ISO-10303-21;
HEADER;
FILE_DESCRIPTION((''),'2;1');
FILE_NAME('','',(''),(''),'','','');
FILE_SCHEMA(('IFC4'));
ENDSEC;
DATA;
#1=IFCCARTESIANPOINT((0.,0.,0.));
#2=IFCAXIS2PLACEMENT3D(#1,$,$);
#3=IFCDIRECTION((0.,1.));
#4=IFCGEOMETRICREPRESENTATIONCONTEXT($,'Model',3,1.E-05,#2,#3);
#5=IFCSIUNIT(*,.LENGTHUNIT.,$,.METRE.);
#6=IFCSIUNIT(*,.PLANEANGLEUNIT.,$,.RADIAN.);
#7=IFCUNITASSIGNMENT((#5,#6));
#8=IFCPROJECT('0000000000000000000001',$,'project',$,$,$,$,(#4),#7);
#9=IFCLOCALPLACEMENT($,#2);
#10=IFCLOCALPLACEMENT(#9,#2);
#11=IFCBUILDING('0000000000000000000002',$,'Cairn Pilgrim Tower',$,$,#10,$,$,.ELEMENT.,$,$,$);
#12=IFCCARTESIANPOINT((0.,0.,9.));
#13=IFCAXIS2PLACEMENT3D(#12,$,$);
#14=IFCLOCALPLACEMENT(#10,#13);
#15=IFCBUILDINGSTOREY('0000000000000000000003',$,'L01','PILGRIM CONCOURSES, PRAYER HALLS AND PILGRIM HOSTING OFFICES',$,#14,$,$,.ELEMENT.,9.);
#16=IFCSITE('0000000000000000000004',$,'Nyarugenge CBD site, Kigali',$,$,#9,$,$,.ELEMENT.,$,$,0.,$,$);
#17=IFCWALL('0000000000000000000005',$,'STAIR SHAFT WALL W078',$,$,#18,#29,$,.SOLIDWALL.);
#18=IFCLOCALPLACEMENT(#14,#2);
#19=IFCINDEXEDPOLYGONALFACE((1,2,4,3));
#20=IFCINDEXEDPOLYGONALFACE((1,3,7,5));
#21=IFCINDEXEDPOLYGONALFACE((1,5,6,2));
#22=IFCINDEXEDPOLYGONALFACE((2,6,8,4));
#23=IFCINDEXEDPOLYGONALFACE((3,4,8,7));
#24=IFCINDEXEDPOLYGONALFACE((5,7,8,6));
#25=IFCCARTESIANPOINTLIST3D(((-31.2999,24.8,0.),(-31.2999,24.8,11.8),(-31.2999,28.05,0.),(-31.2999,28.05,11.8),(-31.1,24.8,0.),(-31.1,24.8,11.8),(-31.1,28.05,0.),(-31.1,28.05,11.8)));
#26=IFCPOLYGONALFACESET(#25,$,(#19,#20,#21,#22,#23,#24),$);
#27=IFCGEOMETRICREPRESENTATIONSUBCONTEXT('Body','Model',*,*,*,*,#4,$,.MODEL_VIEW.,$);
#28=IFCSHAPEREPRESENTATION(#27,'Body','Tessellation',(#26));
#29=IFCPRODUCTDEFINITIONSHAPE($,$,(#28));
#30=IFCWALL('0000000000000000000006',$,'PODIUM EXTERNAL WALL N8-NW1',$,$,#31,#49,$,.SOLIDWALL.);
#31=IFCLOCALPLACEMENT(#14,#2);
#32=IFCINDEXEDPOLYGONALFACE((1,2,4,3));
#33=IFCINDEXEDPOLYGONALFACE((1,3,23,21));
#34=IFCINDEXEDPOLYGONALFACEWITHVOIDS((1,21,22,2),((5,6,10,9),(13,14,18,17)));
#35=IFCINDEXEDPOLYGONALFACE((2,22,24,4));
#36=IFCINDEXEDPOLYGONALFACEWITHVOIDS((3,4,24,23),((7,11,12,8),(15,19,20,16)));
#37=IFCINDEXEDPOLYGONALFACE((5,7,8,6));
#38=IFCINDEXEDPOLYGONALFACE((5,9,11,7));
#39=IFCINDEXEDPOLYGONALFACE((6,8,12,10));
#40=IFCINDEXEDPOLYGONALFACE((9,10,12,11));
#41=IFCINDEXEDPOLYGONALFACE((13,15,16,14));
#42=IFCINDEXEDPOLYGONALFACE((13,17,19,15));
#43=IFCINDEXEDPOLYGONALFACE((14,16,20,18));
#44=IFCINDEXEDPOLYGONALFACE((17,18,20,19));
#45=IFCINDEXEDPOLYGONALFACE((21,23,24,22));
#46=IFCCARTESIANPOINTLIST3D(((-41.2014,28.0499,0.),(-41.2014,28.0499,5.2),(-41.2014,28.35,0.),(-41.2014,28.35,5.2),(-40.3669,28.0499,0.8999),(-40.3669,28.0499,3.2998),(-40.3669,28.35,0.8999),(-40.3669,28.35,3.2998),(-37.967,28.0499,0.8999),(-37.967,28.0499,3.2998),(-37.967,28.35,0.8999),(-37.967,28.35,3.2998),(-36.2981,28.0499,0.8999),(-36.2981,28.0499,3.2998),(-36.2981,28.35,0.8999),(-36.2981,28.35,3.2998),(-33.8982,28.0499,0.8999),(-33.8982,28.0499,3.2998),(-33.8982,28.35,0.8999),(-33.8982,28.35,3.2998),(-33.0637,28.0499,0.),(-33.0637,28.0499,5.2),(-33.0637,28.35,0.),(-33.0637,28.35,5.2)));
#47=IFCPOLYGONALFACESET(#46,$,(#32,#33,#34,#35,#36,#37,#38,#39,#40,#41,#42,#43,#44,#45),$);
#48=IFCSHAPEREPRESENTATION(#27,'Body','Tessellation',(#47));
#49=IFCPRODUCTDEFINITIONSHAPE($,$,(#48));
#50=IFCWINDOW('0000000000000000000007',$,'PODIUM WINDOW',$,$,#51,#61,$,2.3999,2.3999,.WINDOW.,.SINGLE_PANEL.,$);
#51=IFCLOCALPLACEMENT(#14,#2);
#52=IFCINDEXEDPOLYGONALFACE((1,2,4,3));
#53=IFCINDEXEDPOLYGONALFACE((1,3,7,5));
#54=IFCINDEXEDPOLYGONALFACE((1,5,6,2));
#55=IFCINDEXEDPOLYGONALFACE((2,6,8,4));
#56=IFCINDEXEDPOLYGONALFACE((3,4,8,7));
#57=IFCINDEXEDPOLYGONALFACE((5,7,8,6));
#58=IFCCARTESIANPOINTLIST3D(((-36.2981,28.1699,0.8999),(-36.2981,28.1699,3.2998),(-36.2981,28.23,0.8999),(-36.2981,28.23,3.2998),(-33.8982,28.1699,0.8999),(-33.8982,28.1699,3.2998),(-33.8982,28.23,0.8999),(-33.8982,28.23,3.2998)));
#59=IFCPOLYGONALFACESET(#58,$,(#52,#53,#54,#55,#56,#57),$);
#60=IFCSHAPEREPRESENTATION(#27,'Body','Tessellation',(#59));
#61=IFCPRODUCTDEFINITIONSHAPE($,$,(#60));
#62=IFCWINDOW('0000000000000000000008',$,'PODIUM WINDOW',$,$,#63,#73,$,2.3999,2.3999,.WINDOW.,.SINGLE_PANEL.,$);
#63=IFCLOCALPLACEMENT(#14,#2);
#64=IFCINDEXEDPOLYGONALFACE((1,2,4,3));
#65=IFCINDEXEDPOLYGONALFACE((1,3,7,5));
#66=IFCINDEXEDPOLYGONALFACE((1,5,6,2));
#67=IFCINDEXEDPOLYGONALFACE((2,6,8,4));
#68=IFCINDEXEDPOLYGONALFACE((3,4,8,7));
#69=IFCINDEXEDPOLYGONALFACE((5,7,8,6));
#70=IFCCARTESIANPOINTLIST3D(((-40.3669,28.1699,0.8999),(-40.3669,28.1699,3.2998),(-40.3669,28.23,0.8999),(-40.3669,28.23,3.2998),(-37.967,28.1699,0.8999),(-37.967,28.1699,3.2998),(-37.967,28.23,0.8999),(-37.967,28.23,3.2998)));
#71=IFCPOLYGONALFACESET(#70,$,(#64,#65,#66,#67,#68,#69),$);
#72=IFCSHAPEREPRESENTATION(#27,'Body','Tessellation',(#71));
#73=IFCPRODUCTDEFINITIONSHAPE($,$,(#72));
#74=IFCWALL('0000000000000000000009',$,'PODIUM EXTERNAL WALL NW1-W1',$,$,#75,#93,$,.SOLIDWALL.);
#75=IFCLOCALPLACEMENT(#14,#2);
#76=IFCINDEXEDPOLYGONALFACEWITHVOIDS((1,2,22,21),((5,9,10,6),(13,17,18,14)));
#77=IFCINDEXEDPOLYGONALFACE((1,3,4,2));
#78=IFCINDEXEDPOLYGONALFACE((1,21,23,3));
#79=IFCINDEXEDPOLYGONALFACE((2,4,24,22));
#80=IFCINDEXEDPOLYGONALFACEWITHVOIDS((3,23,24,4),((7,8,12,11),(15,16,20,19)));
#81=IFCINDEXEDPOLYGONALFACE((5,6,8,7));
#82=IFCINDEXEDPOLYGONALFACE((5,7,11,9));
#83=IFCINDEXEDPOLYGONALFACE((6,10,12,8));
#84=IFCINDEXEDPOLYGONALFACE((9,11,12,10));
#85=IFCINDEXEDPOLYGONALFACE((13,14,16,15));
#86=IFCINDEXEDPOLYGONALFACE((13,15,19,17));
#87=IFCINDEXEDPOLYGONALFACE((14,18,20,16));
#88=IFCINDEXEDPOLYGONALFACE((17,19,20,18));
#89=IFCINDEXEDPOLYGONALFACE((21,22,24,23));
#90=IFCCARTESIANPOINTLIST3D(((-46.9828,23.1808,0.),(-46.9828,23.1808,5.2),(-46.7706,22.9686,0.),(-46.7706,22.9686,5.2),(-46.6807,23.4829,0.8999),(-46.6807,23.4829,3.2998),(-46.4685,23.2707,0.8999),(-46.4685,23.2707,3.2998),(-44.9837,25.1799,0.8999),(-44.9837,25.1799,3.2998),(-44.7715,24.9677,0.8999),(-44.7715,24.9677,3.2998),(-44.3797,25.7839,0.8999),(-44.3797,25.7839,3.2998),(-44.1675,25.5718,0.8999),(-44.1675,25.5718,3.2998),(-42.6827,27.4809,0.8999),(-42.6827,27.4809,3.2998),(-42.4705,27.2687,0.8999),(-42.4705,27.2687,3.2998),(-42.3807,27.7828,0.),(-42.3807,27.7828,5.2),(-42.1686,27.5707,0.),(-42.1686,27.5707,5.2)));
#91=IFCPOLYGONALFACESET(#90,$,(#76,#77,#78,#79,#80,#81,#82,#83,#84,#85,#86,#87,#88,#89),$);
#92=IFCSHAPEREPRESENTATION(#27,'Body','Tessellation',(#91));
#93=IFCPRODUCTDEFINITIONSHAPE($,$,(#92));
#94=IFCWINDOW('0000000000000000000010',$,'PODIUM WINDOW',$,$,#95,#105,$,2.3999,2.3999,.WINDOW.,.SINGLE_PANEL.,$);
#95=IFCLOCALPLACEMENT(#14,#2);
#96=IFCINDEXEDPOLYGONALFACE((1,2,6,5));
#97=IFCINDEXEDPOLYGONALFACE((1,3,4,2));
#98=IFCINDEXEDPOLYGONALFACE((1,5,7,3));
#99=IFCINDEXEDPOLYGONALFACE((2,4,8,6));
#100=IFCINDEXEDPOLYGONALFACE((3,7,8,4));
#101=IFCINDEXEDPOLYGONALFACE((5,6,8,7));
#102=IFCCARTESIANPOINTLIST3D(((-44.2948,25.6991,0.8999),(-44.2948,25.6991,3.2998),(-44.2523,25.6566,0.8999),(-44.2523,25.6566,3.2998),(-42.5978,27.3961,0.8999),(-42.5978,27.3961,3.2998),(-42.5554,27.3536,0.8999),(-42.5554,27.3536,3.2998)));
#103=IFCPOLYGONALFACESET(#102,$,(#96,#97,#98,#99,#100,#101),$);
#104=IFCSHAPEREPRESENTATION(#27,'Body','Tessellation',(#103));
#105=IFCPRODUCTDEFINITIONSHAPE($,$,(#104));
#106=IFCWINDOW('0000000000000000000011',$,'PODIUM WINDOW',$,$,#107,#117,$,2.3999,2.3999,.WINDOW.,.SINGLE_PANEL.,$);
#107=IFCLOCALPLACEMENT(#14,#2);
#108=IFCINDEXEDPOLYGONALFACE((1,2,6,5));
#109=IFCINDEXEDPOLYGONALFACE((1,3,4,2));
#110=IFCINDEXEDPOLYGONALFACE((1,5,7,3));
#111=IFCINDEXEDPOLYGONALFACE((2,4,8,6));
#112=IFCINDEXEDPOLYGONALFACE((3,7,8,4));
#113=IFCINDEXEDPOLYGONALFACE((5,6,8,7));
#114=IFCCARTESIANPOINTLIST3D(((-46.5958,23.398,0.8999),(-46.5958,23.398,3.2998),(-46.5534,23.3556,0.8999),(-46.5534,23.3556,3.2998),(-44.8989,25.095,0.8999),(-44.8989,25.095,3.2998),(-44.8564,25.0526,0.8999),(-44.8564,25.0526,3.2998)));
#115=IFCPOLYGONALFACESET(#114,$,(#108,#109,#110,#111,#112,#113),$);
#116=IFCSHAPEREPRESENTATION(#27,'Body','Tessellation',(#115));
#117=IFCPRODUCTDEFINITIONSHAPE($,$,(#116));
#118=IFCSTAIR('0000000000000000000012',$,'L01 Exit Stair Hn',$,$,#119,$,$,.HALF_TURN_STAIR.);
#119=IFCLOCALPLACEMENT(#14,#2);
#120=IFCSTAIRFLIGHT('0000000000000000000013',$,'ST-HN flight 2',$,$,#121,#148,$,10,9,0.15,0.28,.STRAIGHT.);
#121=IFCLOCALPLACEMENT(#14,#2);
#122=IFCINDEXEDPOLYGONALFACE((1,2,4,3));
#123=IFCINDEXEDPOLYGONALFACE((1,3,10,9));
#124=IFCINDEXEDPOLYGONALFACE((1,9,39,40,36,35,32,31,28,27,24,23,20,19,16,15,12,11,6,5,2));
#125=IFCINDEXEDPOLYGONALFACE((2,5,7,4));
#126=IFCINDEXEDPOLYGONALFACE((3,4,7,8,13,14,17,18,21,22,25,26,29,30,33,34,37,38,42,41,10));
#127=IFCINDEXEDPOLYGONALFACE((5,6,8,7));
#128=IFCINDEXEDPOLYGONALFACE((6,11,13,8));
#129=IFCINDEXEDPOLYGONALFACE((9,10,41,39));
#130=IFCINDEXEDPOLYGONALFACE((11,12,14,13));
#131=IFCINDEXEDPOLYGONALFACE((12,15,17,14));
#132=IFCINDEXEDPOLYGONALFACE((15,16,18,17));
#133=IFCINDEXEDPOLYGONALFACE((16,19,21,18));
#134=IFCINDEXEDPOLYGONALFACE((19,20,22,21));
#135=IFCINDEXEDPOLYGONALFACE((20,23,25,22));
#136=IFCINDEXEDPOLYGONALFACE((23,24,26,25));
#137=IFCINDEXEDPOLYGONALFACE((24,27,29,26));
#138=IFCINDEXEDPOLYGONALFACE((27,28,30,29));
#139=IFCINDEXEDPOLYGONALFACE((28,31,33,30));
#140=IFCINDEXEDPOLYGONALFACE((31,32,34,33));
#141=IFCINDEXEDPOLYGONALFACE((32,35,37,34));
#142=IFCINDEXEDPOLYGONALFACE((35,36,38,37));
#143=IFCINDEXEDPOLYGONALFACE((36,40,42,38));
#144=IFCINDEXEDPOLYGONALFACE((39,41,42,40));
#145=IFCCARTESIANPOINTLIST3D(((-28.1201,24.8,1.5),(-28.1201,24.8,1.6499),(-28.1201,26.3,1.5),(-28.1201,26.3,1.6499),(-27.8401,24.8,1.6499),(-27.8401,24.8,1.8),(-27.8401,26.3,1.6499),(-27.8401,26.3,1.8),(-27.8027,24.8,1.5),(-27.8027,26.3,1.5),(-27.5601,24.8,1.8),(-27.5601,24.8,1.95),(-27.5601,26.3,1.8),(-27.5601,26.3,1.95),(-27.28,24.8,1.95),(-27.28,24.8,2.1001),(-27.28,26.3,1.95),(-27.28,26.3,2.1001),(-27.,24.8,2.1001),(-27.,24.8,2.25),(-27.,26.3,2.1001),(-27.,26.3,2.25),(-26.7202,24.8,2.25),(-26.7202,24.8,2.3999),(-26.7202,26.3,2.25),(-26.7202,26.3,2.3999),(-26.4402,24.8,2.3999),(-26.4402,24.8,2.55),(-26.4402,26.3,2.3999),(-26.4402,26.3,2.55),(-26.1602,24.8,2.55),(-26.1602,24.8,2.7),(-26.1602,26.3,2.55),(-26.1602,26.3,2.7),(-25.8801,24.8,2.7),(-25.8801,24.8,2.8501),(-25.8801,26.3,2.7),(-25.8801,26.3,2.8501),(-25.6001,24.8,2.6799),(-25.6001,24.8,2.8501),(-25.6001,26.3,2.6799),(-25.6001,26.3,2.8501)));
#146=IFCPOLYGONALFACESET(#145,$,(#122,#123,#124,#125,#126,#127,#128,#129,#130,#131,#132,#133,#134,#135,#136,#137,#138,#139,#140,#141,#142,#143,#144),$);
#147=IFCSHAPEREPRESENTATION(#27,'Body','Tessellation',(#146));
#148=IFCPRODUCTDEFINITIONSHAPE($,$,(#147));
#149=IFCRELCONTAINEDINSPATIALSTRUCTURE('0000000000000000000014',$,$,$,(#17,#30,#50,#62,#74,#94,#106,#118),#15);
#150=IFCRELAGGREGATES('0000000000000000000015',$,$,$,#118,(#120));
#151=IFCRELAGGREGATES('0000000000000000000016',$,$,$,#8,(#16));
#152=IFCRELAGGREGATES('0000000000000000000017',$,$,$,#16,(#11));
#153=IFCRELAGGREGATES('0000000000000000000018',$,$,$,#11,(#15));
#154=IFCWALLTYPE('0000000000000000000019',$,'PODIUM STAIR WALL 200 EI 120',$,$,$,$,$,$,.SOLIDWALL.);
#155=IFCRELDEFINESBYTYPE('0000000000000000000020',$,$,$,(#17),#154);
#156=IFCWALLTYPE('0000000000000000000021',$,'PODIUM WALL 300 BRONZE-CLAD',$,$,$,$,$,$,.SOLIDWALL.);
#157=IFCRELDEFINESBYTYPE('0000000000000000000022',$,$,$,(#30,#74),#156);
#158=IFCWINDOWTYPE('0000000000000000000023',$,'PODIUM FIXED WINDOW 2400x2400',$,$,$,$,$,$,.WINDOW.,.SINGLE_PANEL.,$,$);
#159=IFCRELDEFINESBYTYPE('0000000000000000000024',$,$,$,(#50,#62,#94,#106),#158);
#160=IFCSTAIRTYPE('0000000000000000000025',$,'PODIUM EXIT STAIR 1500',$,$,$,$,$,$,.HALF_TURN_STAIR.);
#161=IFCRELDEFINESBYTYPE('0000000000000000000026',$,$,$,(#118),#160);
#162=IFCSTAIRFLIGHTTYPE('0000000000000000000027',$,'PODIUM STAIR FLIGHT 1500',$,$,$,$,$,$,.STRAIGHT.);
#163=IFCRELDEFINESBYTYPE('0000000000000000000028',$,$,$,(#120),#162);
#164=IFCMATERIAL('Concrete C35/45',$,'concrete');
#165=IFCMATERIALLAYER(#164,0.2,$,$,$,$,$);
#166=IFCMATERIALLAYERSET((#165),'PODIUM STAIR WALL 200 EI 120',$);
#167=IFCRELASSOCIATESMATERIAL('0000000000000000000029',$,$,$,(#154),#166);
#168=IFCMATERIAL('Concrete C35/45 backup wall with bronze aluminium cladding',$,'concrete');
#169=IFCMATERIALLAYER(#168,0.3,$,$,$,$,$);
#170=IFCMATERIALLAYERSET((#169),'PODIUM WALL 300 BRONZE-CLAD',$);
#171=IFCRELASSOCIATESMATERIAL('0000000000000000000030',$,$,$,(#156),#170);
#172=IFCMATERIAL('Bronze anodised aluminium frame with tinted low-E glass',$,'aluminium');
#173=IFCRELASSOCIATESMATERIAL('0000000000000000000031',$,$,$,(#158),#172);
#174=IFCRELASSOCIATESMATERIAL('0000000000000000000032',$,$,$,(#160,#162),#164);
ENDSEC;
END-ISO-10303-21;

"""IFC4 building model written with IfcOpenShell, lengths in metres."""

from ifc_helpers import new_model, si_unit, direction, frame, frame_2d, origin, place, context, subcontext, project, spatial, polyline, rectangle, outline, extrude, material, layer, layer_set, type_object, element, fill, aggregate, save


model = new_model("IFC4")

# Units and contexts
model_context = context("Model", 3, precision=1e-05, world=origin(), true_north=direction((0.0, 1.0)))
body_context = subcontext(model_context, "Body", "Model", "MODEL_VIEW")
ifc_project = project(units=[si_unit("LENGTHUNIT", "METRE"), si_unit("PLANEANGLEUNIT", "RADIAN")], contexts=[model_context])

# Site, building, storey
site_placement = place(None, origin())
site = spatial("IfcSite", under=ifc_project, at=site_placement, Name="Nyarugenge CBD site, Kigali", CompositionType="ELEMENT", RefElevation=0.0)
building_placement = place(site_placement, origin())
building = spatial("IfcBuilding", under=site, at=building_placement, Name="Cairn Pilgrim Tower", CompositionType="ELEMENT")
storey_placement = place(building_placement, frame((0.0, 0.0, 9.0)))
storey = spatial("IfcBuildingStorey", under=building, at=storey_placement, Name="L01", Description="PILGRIM CONCOURSES, PRAYER HALLS AND PILGRIM HOSTING OFFICES", CompositionType="ELEMENT", Elevation=9.0)

# Shared definitions
ifc_material_1 = material(Name="Concrete C35/45", Category="concrete")
ifc_layer_1 = layer(ifc_material_1, 0.2)
ifc_layer_set_1 = layer_set([ifc_layer_1], Name="PODIUM STAIR WALL 200 EI 120")
wall_type_1 = type_object("IfcWallType", Name="PODIUM STAIR WALL 200 EI 120", PredefinedType="SOLIDWALL", material=ifc_layer_set_1)

# Wall
wall_1_placement = place(storey_placement, frame((-31.2, 24.8, 0.0), z_axis=(0.0, 0.0, 1.0), x_axis=(0.0, 1.0, 0.0)))
element("IfcWall", 1, at=wall_1_placement, inside=storey, type_object=wall_type_1, Name="STAIR SHAFT WALL W078", PredefinedType="SOLIDWALL", context=body_context, shape_type="SweptSolid", body=[
    extrude(rectangle(XDim=3.25, YDim=0.2, at=frame_2d((1.625, 0.0))), origin(), (0.0, 0.0, 1.0), 11.8),
])

# Walls, openings, windows
ifc_material_2 = material(Name="Concrete C35/45 backup wall with bronze aluminium cladding", Category="concrete")
ifc_layer_2 = layer(ifc_material_2, 0.3)
ifc_layer_set_2 = layer_set([ifc_layer_2], Name="PODIUM WALL 300 BRONZE-CLAD")
wall_type_2 = type_object("IfcWallType", Name="PODIUM WALL 300 BRONZE-CLAD", PredefinedType="SOLIDWALL", material=ifc_layer_set_2)
wall_2_placement = place(storey_placement, frame((-33.0637, 28.2, 0.0), z_axis=(0.0, 0.0, 1.0), x_axis=(-1.0, 0.0, 0.0)))
wall_2 = element("IfcWall", 2, at=wall_2_placement, inside=storey, type_object=wall_type_2, Name="PODIUM EXTERNAL WALL N8-NW1", PredefinedType="SOLIDWALL", context=body_context, shape_type="SweptSolid", body=[
    extrude(rectangle(XDim=8.1377, YDim=0.3, at=frame_2d((4.0688, 0.0))), origin(), (0.0, 0.0, 1.0), 5.2),
])
opening_1_placement = place(wall_2_placement, frame((0.8345, 0.0, 0.8999)))
opening_1 = element("IfcOpeningElement", 3, at=opening_1_placement, cuts=wall_2, PredefinedType="OPENING", context=body_context, shape_type="SweptSolid", body=[
    extrude(rectangle(XDim=2.3999, YDim=2.3999, at=frame_2d((1.2, 1.2))), frame((0.0, 0.1602, 0.0), z_axis=(0.0, -1.0, 0.0), x_axis=(1.0, 0.0, 0.0)), (0.0, 0.0, 1.0), 0.3201),
])
opening_2_placement = place(wall_2_placement, frame((4.9033, 0.0, 0.8999)))
opening_2 = element("IfcOpeningElement", 4, at=opening_2_placement, cuts=wall_2, PredefinedType="OPENING", context=body_context, shape_type="SweptSolid", body=[
    extrude(rectangle(XDim=2.3999, YDim=2.3999, at=frame_2d((1.2, 1.2))), frame((0.0, 0.1602, 0.0), z_axis=(0.0, -1.0, 0.0), x_axis=(1.0, 0.0, 0.0)), (0.0, 0.0, 1.0), 0.3201),
])
ifc_material_3 = material(Name="Bronze anodised aluminium frame with tinted low-E glass", Category="aluminium")
window_type = type_object("IfcWindowType", Name="PODIUM FIXED WINDOW 2400x2400", PartitioningType="SINGLE_PANEL", PredefinedType="WINDOW", material=ifc_material_3)
window_1_placement = place(opening_1_placement, origin())
window_1 = element("IfcWindow", 5, at=window_1_placement, inside=storey, type_object=window_type, Name="PODIUM WINDOW", OverallHeight=2.3999, OverallWidth=2.3999, PartitioningType="SINGLE_PANEL", PredefinedType="WINDOW", context=body_context, shape_type="SweptSolid", body=[
    extrude(rectangle(XDim=2.3999, YDim=2.3999, at=frame_2d((1.2, 1.2))), frame((0.0, 0.03, 0.0), z_axis=(0.0, -1.0, 0.0), x_axis=(1.0, 0.0, 0.0)), (0.0, 0.0, 1.0), 0.0601),
])
fill(opening_1, window_1)
window_2_placement = place(opening_2_placement, origin())
window_2 = element("IfcWindow", 6, at=window_2_placement, inside=storey, type_object=window_type, Name="PODIUM WINDOW", OverallHeight=2.3999, OverallWidth=2.3999, PartitioningType="SINGLE_PANEL", PredefinedType="WINDOW", context=body_context, shape_type="SweptSolid", body=[
    extrude(rectangle(XDim=2.3999, YDim=2.3999, at=frame_2d((1.2, 1.2))), frame((0.0, 0.03, 0.0), z_axis=(0.0, -1.0, 0.0), x_axis=(1.0, 0.0, 0.0)), (0.0, 0.0, 1.0), 0.0601),
])
fill(opening_2, window_2)
wall_3_placement = place(storey_placement, frame((-42.2747, 27.6768, 0.0), z_axis=(0.0, 0.0, 1.0), x_axis=(-0.707107, -0.707107, 0.0)))
wall_3 = element("IfcWall", 7, at=wall_3_placement, inside=storey, type_object=wall_type_2, Name="PODIUM EXTERNAL WALL NW1-W1", PredefinedType="SOLIDWALL", context=body_context, shape_type="SweptSolid", body=[
    extrude(rectangle(XDim=6.5083, YDim=0.3, at=frame_2d((3.2542, 0.0))), origin(), (0.0, 0.0, 1.0), 5.2),
])
opening_3_placement = place(wall_3_placement, frame((0.427, 0.0, 0.8999)))
opening_3 = element("IfcOpeningElement", 8, at=opening_3_placement, cuts=wall_3, PredefinedType="OPENING", context=body_context, shape_type="SweptSolid", body=[
    extrude(rectangle(XDim=2.3999, YDim=2.3999, at=frame_2d((1.2, 1.2))), frame((0.0, 0.1602, 0.0), z_axis=(0.0, -1.0, 0.0), x_axis=(1.0, 0.0, 0.0)), (0.0, 0.0, 1.0), 0.3201),
])
opening_4_placement = place(wall_3_placement, frame((3.6812, 0.0, 0.8999)))
opening_4 = element("IfcOpeningElement", 9, at=opening_4_placement, cuts=wall_3, PredefinedType="OPENING", context=body_context, shape_type="SweptSolid", body=[
    extrude(rectangle(XDim=2.3999, YDim=2.3999, at=frame_2d((1.2, 1.2))), frame((0.0, 0.1602, 0.0), z_axis=(0.0, -1.0, 0.0), x_axis=(1.0, 0.0, 0.0)), (0.0, 0.0, 1.0), 0.3201),
])
window_3_placement = place(opening_3_placement, origin())
window_3 = element("IfcWindow", 10, at=window_3_placement, inside=storey, type_object=window_type, Name="PODIUM WINDOW", OverallHeight=2.3999, OverallWidth=2.3999, PartitioningType="SINGLE_PANEL", PredefinedType="WINDOW", context=body_context, shape_type="SweptSolid", body=[
    extrude(rectangle(XDim=2.3999, YDim=2.3999, at=frame_2d((1.2, 1.2))), frame((0.0, 0.03, 0.0), z_axis=(0.0, -1.0, 0.0), x_axis=(1.0, 0.0, 0.0)), (0.0, 0.0, 1.0), 0.0601),
])
fill(opening_3, window_3)
window_4_placement = place(opening_4_placement, origin())
window_4 = element("IfcWindow", 11, at=window_4_placement, inside=storey, type_object=window_type, Name="PODIUM WINDOW", OverallHeight=2.3999, OverallWidth=2.3999, PartitioningType="SINGLE_PANEL", PredefinedType="WINDOW", context=body_context, shape_type="SweptSolid", body=[
    extrude(rectangle(XDim=2.3999, YDim=2.3999, at=frame_2d((1.2, 1.2))), frame((0.0, 0.03, 0.0), z_axis=(0.0, -1.0, 0.0), x_axis=(1.0, 0.0, 0.0)), (0.0, 0.0, 1.0), 0.0601),
])
fill(opening_4, window_4)

# Stair, stair flight
stair_type = type_object("IfcStairType", Name="PODIUM EXIT STAIR 1500", PredefinedType="HALF_TURN_STAIR", material=ifc_material_1)
stair_placement = place(storey_placement, origin())
stair = element("IfcStair", 12, at=stair_placement, inside=storey, type_object=stair_type, Name="L01 Exit Stair Hn", PredefinedType="HALF_TURN_STAIR")
stair_flight_type = type_object("IfcStairFlightType", Name="PODIUM STAIR FLIGHT 1500", PredefinedType="STRAIGHT", material=ifc_material_1)
stair_flight_1_placement = place(storey_placement, frame((-28.1201, 25.55, 1.5), z_axis=(0.0, 0.0, 1.0), x_axis=(1.0, 0.0, 0.0)))
stair_flight_1 = element("IfcStairFlight", 13, at=stair_flight_1_placement, type_object=stair_flight_type, Name="ST-HN flight 2", NumberOfRisers=10, NumberOfTreads=9, PredefinedType="STRAIGHT", RiserHeight=0.15, TreadLength=0.28, context=body_context, shape_type="SweptSolid", body=[
    extrude(outline(polyline([(0.0, 0.0), (0.0, 0.1499), (0.28, 0.1499), (0.28, 0.3), (0.5601, 0.3), (0.5601, 0.45), (0.8401, 0.45), (0.8401, 0.6001), (1.1201, 0.6001), (1.1201, 0.75), (1.3999, 0.75), (1.3999, 0.8999), (1.6799, 0.8999), (1.6799, 1.05), (1.96, 1.05), (1.96, 1.2), (2.24, 1.2), (2.24, 1.3501), (2.52, 1.3501), (2.52, 1.5), (2.52, 1.1799), (0.3174, 0.0), (0.0, 0.0)])), frame((0.0, 0.75, 0.0), z_axis=(0.0, -1.0, 0.0), x_axis=(1.0, 0.0, 0.0)), (0.0, 0.0, 1.0), 1.5),
])
aggregate(stair, [stair_flight_1])

save(model, "model.ifc")
